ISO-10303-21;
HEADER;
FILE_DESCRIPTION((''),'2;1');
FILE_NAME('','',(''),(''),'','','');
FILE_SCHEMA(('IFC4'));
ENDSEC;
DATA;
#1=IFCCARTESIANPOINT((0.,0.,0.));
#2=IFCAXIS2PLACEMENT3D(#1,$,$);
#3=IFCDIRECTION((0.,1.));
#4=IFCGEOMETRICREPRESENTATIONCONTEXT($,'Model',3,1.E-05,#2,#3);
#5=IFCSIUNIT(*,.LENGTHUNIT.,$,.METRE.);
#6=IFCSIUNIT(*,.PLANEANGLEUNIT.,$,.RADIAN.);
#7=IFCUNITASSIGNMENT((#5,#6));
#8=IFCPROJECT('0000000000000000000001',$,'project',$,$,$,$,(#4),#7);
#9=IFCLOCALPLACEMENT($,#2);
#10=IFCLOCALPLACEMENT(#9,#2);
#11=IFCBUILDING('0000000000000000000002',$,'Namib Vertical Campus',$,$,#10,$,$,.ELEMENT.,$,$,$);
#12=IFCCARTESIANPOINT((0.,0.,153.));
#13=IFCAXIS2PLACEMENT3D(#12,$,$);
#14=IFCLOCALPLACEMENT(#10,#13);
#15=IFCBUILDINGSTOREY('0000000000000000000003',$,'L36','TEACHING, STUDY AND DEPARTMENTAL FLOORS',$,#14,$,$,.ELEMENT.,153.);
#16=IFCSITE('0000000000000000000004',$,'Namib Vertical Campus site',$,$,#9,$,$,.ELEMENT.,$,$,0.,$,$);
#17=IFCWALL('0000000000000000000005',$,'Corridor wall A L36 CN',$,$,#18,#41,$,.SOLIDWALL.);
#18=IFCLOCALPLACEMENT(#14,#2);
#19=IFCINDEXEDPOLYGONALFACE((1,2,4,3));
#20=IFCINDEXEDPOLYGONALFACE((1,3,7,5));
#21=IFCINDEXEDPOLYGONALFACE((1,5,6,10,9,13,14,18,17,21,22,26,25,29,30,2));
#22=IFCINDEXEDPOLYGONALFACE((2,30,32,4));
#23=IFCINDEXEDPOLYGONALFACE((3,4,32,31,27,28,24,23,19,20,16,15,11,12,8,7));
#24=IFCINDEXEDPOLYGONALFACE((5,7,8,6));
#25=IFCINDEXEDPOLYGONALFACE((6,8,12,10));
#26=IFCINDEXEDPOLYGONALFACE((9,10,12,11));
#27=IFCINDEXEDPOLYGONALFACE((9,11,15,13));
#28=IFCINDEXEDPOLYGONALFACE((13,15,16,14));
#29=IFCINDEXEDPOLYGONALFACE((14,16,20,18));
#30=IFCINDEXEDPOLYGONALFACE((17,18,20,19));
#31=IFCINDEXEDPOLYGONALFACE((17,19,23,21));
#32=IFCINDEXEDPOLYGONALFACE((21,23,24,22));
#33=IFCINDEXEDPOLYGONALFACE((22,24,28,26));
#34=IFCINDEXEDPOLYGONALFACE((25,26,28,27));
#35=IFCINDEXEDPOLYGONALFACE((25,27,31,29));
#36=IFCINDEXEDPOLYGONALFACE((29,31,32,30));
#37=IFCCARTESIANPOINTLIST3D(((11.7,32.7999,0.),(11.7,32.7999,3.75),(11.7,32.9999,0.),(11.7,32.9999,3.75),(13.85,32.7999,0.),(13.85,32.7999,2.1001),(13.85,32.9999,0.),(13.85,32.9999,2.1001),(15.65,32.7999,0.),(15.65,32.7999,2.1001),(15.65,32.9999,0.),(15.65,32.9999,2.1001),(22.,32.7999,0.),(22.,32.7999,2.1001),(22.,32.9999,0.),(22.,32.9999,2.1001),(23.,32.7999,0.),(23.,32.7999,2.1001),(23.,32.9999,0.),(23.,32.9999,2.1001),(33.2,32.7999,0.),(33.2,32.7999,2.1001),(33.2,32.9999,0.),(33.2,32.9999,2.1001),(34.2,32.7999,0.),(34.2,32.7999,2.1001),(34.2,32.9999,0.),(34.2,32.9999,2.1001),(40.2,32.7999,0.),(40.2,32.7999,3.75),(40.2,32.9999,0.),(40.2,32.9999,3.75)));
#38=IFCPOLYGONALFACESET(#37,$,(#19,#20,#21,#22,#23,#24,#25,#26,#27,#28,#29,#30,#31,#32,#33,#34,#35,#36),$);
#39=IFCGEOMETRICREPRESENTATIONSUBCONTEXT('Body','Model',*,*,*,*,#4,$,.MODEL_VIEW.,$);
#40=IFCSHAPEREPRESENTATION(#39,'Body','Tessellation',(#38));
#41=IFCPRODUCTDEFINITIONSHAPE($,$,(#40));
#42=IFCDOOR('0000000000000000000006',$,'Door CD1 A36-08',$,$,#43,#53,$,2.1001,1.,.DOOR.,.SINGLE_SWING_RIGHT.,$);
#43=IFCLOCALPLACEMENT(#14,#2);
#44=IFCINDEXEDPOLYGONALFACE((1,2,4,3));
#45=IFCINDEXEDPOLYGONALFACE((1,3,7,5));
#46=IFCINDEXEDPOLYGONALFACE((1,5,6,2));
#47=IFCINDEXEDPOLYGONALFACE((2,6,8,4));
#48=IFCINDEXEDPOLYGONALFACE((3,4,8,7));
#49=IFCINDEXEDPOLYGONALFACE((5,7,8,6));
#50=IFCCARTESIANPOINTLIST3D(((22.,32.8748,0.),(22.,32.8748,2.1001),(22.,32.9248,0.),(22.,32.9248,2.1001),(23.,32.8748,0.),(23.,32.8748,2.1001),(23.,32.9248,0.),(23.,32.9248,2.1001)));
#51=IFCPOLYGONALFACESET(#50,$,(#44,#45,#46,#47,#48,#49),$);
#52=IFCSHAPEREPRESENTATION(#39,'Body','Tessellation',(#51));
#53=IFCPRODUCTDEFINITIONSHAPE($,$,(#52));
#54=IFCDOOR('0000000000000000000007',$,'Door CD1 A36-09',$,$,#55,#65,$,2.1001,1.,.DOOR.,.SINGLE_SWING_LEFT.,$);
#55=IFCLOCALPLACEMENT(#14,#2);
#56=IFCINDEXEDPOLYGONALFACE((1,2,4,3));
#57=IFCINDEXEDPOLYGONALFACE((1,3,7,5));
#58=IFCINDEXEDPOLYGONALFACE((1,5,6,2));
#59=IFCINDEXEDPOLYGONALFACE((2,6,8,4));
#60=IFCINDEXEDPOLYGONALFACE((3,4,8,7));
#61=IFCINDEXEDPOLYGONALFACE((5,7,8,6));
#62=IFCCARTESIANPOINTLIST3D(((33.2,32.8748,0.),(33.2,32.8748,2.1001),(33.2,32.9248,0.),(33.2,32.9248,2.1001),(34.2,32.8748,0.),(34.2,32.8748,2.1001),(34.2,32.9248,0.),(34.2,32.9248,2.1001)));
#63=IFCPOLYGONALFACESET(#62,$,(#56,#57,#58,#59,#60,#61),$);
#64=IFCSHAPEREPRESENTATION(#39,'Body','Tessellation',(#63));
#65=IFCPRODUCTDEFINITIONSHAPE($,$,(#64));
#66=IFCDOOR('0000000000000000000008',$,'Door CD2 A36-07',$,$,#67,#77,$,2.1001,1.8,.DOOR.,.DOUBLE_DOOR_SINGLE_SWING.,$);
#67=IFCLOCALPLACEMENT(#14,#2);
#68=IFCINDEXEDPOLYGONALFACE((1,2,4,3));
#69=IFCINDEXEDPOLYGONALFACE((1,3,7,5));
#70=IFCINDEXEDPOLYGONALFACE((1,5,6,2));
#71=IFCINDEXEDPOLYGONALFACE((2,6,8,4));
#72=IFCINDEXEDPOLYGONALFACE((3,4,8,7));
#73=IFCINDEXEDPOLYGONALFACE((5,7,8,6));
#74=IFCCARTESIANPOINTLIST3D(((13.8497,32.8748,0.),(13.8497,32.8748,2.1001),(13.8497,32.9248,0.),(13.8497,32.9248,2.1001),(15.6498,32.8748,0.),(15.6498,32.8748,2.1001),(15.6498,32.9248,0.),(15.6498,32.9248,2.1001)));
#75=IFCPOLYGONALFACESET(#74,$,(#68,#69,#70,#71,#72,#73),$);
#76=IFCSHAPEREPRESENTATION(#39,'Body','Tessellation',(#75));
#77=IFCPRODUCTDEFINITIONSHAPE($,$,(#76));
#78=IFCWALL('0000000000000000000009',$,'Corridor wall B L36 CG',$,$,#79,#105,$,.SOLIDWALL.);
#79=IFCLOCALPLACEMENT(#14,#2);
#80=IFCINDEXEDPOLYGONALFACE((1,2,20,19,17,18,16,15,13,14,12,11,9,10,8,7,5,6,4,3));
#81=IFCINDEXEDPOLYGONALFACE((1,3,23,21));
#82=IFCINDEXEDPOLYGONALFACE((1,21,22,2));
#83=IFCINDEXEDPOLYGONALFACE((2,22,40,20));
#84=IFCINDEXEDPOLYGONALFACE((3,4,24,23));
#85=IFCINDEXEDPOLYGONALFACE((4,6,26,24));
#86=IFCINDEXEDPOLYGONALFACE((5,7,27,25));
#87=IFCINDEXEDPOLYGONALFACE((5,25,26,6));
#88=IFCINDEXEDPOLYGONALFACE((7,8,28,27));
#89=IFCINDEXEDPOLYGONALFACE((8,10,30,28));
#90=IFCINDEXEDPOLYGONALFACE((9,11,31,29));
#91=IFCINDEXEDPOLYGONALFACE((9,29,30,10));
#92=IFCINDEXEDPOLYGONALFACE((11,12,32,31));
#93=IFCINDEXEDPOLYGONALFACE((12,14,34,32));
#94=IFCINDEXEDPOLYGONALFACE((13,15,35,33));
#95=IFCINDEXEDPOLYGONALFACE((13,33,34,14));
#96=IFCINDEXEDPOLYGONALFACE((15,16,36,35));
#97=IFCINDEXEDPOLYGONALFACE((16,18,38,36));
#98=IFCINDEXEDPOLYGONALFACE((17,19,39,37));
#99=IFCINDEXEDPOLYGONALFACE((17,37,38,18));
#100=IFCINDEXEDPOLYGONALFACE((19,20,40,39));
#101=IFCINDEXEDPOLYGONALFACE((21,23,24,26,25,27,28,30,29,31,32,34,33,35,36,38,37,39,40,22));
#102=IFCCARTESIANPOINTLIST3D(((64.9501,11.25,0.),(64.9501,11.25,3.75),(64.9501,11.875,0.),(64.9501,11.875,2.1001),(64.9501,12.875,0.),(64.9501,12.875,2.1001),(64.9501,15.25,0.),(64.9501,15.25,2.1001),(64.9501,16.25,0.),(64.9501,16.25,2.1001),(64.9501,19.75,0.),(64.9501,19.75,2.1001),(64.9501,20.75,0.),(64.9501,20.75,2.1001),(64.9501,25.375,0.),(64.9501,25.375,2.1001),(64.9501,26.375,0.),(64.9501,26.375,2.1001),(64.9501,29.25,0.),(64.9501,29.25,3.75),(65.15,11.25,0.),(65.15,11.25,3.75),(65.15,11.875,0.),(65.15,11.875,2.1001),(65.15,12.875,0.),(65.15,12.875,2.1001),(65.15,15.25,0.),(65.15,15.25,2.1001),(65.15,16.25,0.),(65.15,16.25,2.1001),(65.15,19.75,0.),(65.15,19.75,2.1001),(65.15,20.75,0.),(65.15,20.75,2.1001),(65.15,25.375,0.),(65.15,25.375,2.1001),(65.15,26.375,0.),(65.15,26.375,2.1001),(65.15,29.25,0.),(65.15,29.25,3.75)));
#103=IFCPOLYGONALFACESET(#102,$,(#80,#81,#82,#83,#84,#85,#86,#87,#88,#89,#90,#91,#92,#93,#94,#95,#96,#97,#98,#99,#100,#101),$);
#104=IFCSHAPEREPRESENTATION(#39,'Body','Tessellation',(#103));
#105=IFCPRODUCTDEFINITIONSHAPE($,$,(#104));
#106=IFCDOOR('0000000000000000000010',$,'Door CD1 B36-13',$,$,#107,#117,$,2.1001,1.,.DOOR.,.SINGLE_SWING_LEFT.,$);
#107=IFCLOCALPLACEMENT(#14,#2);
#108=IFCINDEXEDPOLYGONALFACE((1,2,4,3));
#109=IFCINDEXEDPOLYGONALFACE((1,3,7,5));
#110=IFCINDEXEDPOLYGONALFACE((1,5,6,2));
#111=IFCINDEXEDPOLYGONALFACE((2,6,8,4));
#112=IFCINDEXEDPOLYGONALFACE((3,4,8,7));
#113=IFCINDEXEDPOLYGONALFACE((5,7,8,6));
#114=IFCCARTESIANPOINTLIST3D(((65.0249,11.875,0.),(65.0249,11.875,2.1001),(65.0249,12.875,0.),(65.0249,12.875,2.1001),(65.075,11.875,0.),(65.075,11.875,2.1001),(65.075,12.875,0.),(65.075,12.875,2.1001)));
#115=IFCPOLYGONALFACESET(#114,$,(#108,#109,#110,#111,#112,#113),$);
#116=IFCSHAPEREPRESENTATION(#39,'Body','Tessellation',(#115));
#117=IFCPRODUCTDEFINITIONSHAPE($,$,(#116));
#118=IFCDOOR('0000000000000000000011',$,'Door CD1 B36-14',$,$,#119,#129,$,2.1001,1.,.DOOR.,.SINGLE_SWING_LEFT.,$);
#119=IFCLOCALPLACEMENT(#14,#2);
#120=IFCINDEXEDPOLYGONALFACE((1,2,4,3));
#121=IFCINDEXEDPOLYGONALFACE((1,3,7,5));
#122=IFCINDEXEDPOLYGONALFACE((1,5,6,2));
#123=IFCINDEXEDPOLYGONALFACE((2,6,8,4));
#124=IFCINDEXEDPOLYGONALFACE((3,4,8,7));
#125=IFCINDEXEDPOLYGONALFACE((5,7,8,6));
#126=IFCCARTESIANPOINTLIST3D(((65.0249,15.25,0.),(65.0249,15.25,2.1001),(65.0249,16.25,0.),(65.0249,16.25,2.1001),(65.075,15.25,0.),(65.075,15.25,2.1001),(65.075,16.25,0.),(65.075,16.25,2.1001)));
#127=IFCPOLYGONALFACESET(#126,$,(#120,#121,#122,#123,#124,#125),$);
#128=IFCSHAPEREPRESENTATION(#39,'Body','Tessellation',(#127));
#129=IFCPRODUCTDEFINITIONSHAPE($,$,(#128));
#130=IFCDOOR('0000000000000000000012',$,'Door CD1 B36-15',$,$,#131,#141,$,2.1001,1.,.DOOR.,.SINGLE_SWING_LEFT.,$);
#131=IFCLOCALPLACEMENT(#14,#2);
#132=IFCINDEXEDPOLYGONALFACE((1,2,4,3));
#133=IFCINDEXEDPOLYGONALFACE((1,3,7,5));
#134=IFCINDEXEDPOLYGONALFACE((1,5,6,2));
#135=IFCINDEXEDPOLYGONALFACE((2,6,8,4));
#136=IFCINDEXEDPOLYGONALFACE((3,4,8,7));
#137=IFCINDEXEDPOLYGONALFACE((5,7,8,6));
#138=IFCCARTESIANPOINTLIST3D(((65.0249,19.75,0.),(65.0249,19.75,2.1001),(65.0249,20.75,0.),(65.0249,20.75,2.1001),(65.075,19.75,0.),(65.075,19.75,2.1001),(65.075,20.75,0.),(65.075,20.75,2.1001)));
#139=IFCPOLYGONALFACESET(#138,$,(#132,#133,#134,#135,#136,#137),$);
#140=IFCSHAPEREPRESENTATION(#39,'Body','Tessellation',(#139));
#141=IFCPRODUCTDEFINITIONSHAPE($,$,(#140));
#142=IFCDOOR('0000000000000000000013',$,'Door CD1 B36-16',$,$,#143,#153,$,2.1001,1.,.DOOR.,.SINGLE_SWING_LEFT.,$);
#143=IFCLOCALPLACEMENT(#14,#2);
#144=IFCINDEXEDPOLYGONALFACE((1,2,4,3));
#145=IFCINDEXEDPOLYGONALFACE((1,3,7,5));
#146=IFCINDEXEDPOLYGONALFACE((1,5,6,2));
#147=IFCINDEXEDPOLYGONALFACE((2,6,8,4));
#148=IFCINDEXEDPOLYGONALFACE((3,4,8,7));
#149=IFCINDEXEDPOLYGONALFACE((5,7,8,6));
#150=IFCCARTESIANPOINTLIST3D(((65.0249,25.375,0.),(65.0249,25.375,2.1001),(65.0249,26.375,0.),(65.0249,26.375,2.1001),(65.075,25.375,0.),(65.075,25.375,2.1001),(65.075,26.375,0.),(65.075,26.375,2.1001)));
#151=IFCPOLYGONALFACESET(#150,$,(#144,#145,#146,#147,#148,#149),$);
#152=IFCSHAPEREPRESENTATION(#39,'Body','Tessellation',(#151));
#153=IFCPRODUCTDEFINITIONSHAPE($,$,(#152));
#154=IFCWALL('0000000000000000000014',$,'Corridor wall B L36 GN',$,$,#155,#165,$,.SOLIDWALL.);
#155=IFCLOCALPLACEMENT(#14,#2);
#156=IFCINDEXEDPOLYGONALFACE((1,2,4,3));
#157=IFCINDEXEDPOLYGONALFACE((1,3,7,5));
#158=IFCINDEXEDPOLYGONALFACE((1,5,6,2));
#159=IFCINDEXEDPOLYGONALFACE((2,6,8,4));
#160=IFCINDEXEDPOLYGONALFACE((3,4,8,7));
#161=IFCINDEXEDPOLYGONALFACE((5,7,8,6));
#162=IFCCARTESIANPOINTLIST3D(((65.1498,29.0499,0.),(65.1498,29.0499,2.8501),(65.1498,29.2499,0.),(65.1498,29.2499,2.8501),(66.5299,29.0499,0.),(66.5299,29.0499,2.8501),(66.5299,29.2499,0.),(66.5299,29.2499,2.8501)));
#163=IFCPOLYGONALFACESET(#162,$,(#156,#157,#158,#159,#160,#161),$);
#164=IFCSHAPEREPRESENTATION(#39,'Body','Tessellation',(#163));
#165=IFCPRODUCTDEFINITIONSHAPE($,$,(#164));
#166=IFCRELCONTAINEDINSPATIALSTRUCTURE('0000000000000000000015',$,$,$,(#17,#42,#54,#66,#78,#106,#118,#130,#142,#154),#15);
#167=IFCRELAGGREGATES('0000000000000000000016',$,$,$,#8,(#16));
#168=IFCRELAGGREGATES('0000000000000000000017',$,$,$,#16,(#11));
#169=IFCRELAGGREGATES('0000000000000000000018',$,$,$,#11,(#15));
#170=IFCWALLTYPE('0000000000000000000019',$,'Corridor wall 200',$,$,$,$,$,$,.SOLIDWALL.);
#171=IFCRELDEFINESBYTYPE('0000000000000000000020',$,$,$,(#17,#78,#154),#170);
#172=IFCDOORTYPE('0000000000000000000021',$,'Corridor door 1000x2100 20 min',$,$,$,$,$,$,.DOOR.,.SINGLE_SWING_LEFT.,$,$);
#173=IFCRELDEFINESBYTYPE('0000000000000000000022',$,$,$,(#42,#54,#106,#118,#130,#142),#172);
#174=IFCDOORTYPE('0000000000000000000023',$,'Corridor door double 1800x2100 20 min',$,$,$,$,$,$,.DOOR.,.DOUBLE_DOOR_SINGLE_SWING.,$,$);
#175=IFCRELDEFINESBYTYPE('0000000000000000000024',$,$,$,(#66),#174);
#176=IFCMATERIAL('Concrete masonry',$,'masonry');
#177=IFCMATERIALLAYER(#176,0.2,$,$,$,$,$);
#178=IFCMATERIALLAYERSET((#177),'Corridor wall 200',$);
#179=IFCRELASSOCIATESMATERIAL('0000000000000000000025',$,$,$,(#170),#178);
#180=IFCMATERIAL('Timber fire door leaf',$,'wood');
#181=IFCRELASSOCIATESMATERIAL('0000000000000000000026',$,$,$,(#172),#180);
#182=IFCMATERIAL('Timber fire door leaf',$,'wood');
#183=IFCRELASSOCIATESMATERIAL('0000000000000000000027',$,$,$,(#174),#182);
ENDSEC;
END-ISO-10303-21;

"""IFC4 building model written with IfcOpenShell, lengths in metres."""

from ifc_helpers import new_model, si_unit, direction, frame, frame_2d, origin, place, context, subcontext, project, spatial, rectangle, extrude, material, layer, layer_set, type_object, element, fill, save


model = new_model("IFC4")

# Units and contexts
model_context = context("Model", 3, precision=1e-05, world=origin(), true_north=direction((0.0, 1.0)))
body_context = subcontext(model_context, "Body", "Model", "MODEL_VIEW")
ifc_project = project(units=[si_unit("LENGTHUNIT", "METRE"), si_unit("PLANEANGLEUNIT", "RADIAN")], contexts=[model_context])

# Site, building, storey
site_placement = place(None, origin())
site = spatial("IfcSite", under=ifc_project, at=site_placement, Name="Namib Vertical Campus site", CompositionType="ELEMENT", RefElevation=0.0)
building_placement = place(site_placement, origin())
building = spatial("IfcBuilding", under=site, at=building_placement, Name="Namib Vertical Campus", CompositionType="ELEMENT")
storey_placement = place(building_placement, frame((0.0, 0.0, 153.0)))
storey = spatial("IfcBuildingStorey", under=building, at=storey_placement, Name="L36", Description="TEACHING, STUDY AND DEPARTMENTAL FLOORS", CompositionType="ELEMENT", Elevation=153.0)

# Walls, openings, doors
ifc_material_1 = material(Name="Concrete masonry", Category="masonry")
ifc_layer_1 = layer(ifc_material_1, 0.2)
ifc_layer_set_1 = layer_set([ifc_layer_1], Name="Corridor wall 200")
wall_type_1 = type_object("IfcWallType", Name="Corridor wall 200", PredefinedType="SOLIDWALL", material=ifc_layer_set_1)
wall_1_placement = place(storey_placement, frame((40.2, 32.8999, 0.0), z_axis=(0.0, 0.0, 1.0), x_axis=(-1.0, 0.0, 0.0)))
wall_1 = element("IfcWall", 1, at=wall_1_placement, inside=storey, type_object=wall_type_1, Name="Corridor wall A L36 CN", PredefinedType="SOLIDWALL", context=body_context, shape_type="SweptSolid", body=[
    extrude(rectangle(XDim=28.5, YDim=0.2, at=frame_2d((14.25, 0.0))), origin(), (0.0, 0.0, 1.0), 3.75),
])
opening_1_placement = place(wall_1_placement, frame((24.55, 0.0, 0.0)))
opening_1 = element("IfcOpeningElement", 2, at=opening_1_placement, cuts=wall_1, PredefinedType="OPENING", context=body_context, shape_type="SweptSolid", body=[
    extrude(rectangle(XDim=1.8, YDim=2.1001, at=frame_2d((0.8999, 1.05))), frame((0.0, 0.1099, 0.0), z_axis=(0.0, -1.0, 0.0), x_axis=(1.0, 0.0, 0.0)), (0.0, 0.0, 1.0), 0.22),
])
opening_2_placement = place(wall_1_placement, frame((17.2, 0.0, 0.0)))
opening_2 = element("IfcOpeningElement", 3, at=opening_2_placement, cuts=wall_1, PredefinedType="OPENING", context=body_context, shape_type="SweptSolid", body=[
    extrude(rectangle(XDim=1.0, YDim=2.1001, at=frame_2d((0.5, 1.05))), frame((0.0, 0.1099, 0.0), z_axis=(0.0, -1.0, 0.0), x_axis=(1.0, 0.0, 0.0)), (0.0, 0.0, 1.0), 0.22),
])
opening_3_placement = place(wall_1_placement, frame((6.0, 0.0, 0.0)))
opening_3 = element("IfcOpeningElement", 4, at=opening_3_placement, cuts=wall_1, PredefinedType="OPENING", context=body_context, shape_type="SweptSolid", body=[
    extrude(rectangle(XDim=1.0, YDim=2.1001, at=frame_2d((0.5, 1.05))), frame((0.0, 0.1099, 0.0), z_axis=(0.0, -1.0, 0.0), x_axis=(1.0, 0.0, 0.0)), (0.0, 0.0, 1.0), 0.22),
])
ifc_material_2 = material(Name="Timber fire door leaf", Category="wood")
door_type_1 = type_object("IfcDoorType", Name="Corridor door 1000x2100 20 min", OperationType="SINGLE_SWING_LEFT", PredefinedType="DOOR", material=ifc_material_2)
door_1_placement = place(opening_2_placement, frame((1.0, 0.0, 0.0), z_axis=(0.0, 0.0, 1.0), x_axis=(-1.0, 0.0, 0.0)))
door_1 = element("IfcDoor", 5, at=door_1_placement, inside=storey, type_object=door_type_1, Name="Door CD1 A36-08", OperationType="SINGLE_SWING_RIGHT", OverallHeight=2.1001, OverallWidth=1.0, PredefinedType="DOOR", context=body_context, shape_type="SweptSolid", body=[
    extrude(rectangle(XDim=1.0, YDim=2.1001, at=frame_2d((0.5, 1.05))), frame((0.0, 0.0249, 0.0), z_axis=(0.0, -1.0, 0.0), x_axis=(1.0, 0.0, 0.0)), (0.0, 0.0, 1.0), 0.05),
])
fill(opening_2, door_1)
door_2_placement = place(opening_3_placement, frame((1.0, 0.0, 0.0), z_axis=(0.0, 0.0, 1.0), x_axis=(-1.0, 0.0, 0.0)))
door_2 = element("IfcDoor", 6, at=door_2_placement, inside=storey, type_object=door_type_1, Name="Door CD1 A36-09", OperationType="SINGLE_SWING_LEFT", OverallHeight=2.1001, OverallWidth=1.0, PredefinedType="DOOR", context=body_context, shape_type="SweptSolid", body=[
    extrude(rectangle(XDim=1.0, YDim=2.1001, at=frame_2d((0.5, 1.05))), frame((0.0, 0.0249, 0.0), z_axis=(0.0, -1.0, 0.0), x_axis=(1.0, 0.0, 0.0)), (0.0, 0.0, 1.0), 0.05),
])
fill(opening_3, door_2)
ifc_material_3 = material(Name="Timber fire door leaf", Category="wood")
door_type_2 = type_object("IfcDoorType", Name="Corridor door double 1800x2100 20 min", OperationType="DOUBLE_DOOR_SINGLE_SWING", PredefinedType="DOOR", material=ifc_material_3)
door_3_placement = place(opening_1_placement, frame((1.8, 0.0, 0.0), z_axis=(0.0, 0.0, 1.0), x_axis=(-1.0, 0.0, 0.0)))
door_3 = element("IfcDoor", 7, at=door_3_placement, inside=storey, type_object=door_type_2, Name="Door CD2 A36-07", OperationType="DOUBLE_DOOR_SINGLE_SWING", OverallHeight=2.1001, OverallWidth=1.8, PredefinedType="DOOR", context=body_context, shape_type="SweptSolid", body=[
    extrude(rectangle(XDim=1.8, YDim=2.1001, at=frame_2d((0.8999, 1.05))), frame((0.0, 0.0249, 0.0), z_axis=(0.0, -1.0, 0.0), x_axis=(1.0, 0.0, 0.0)), (0.0, 0.0, 1.0), 0.05),
])
fill(opening_1, door_3)
wall_2_placement = place(storey_placement, frame((65.05, 29.25, 0.0), z_axis=(0.0, 0.0, 1.0), x_axis=(0.0, -1.0, 0.0)))
wall_2 = element("IfcWall", 8, at=wall_2_placement, inside=storey, type_object=wall_type_1, Name="Corridor wall B L36 CG", PredefinedType="SOLIDWALL", context=body_context, shape_type="SweptSolid", body=[
    extrude(rectangle(XDim=18.0, YDim=0.2, at=frame_2d((9.0, 0.0))), origin(), (0.0, 0.0, 1.0), 3.75),
])
opening_4_placement = place(wall_2_placement, frame((16.375, 0.0, 0.0)))
opening_4 = element("IfcOpeningElement", 9, at=opening_4_placement, cuts=wall_2, PredefinedType="OPENING", context=body_context, shape_type="SweptSolid", body=[
    extrude(rectangle(XDim=1.0, YDim=2.1001, at=frame_2d((0.5, 1.05))), frame((0.0, 0.1099, 0.0), z_axis=(0.0, -1.0, 0.0), x_axis=(1.0, 0.0, 0.0)), (0.0, 0.0, 1.0), 0.22),
])
opening_5_placement = place(wall_2_placement, frame((13.0, 0.0, 0.0)))
opening_5 = element("IfcOpeningElement", 10, at=opening_5_placement, cuts=wall_2, PredefinedType="OPENING", context=body_context, shape_type="SweptSolid", body=[
    extrude(rectangle(XDim=1.0, YDim=2.1001, at=frame_2d((0.5, 1.05))), frame((0.0, 0.1099, 0.0), z_axis=(0.0, -1.0, 0.0), x_axis=(1.0, 0.0, 0.0)), (0.0, 0.0, 1.0), 0.22),
])
opening_6_placement = place(wall_2_placement, frame((8.5, 0.0, 0.0)))
opening_6 = element("IfcOpeningElement", 11, at=opening_6_placement, cuts=wall_2, PredefinedType="OPENING", context=body_context, shape_type="SweptSolid", body=[
    extrude(rectangle(XDim=1.0, YDim=2.1001, at=frame_2d((0.5, 1.05))), frame((0.0, 0.1099, 0.0), z_axis=(0.0, -1.0, 0.0), x_axis=(1.0, 0.0, 0.0)), (0.0, 0.0, 1.0), 0.22),
])
opening_7_placement = place(wall_2_placement, frame((2.875, 0.0, 0.0)))
opening_7 = element("IfcOpeningElement", 12, at=opening_7_placement, cuts=wall_2, PredefinedType="OPENING", context=body_context, shape_type="SweptSolid", body=[
    extrude(rectangle(XDim=1.0, YDim=2.1001, at=frame_2d((0.5, 1.05))), frame((0.0, 0.1099, 0.0), z_axis=(0.0, -1.0, 0.0), x_axis=(1.0, 0.0, 0.0)), (0.0, 0.0, 1.0), 0.22),
])
door_4_placement = place(opening_4_placement, origin())
door_4 = element("IfcDoor", 13, at=door_4_placement, inside=storey, type_object=door_type_1, Name="Door CD1 B36-13", OperationType="SINGLE_SWING_LEFT", OverallHeight=2.1001, OverallWidth=1.0, PredefinedType="DOOR", context=body_context, shape_type="SweptSolid", body=[
    extrude(rectangle(XDim=1.0, YDim=2.1001, at=frame_2d((0.5, 1.05))), frame((0.0, 0.0249, 0.0), z_axis=(0.0, -1.0, 0.0), x_axis=(1.0, 0.0, 0.0)), (0.0, 0.0, 1.0), 0.05),
])
fill(opening_4, door_4)
door_5_placement = place(opening_5_placement, origin())
door_5 = element("IfcDoor", 14, at=door_5_placement, inside=storey, type_object=door_type_1, Name="Door CD1 B36-14", OperationType="SINGLE_SWING_LEFT", OverallHeight=2.1001, OverallWidth=1.0, PredefinedType="DOOR", context=body_context, shape_type="SweptSolid", body=[
    extrude(rectangle(XDim=1.0, YDim=2.1001, at=frame_2d((0.5, 1.05))), frame((0.0, 0.0249, 0.0), z_axis=(0.0, -1.0, 0.0), x_axis=(1.0, 0.0, 0.0)), (0.0, 0.0, 1.0), 0.05),
])
fill(opening_5, door_5)
door_6_placement = place(opening_6_placement, origin())
door_6 = element("IfcDoor", 15, at=door_6_placement, inside=storey, type_object=door_type_1, Name="Door CD1 B36-15", OperationType="SINGLE_SWING_LEFT", OverallHeight=2.1001, OverallWidth=1.0, PredefinedType="DOOR", context=body_context, shape_type="SweptSolid", body=[
    extrude(rectangle(XDim=1.0, YDim=2.1001, at=frame_2d((0.5, 1.05))), frame((0.0, 0.0249, 0.0), z_axis=(0.0, -1.0, 0.0), x_axis=(1.0, 0.0, 0.0)), (0.0, 0.0, 1.0), 0.05),
])
fill(opening_6, door_6)
door_7_placement = place(opening_7_placement, origin())
door_7 = element("IfcDoor", 16, at=door_7_placement, inside=storey, type_object=door_type_1, Name="Door CD1 B36-16", OperationType="SINGLE_SWING_LEFT", OverallHeight=2.1001, OverallWidth=1.0, PredefinedType="DOOR", context=body_context, shape_type="SweptSolid", body=[
    extrude(rectangle(XDim=1.0, YDim=2.1001, at=frame_2d((0.5, 1.05))), frame((0.0, 0.0249, 0.0), z_axis=(0.0, -1.0, 0.0), x_axis=(1.0, 0.0, 0.0)), (0.0, 0.0, 1.0), 0.05),
])
fill(opening_7, door_7)

# Wall
wall_3_placement = place(storey_placement, frame((65.1499, 29.1499, 0.0), z_axis=(0.0, 0.0, 1.0), x_axis=(1.0, 0.0, 0.0)))
element("IfcWall", 17, at=wall_3_placement, inside=storey, type_object=wall_type_1, Name="Corridor wall B L36 GN", PredefinedType="SOLIDWALL", context=body_context, shape_type="SweptSolid", body=[
    extrude(rectangle(XDim=1.3801, YDim=0.2, at=frame_2d((0.6899, 0.0))), origin(), (0.0, 0.0, 1.0), 2.8501),
])

save(model, "model.ifc")
